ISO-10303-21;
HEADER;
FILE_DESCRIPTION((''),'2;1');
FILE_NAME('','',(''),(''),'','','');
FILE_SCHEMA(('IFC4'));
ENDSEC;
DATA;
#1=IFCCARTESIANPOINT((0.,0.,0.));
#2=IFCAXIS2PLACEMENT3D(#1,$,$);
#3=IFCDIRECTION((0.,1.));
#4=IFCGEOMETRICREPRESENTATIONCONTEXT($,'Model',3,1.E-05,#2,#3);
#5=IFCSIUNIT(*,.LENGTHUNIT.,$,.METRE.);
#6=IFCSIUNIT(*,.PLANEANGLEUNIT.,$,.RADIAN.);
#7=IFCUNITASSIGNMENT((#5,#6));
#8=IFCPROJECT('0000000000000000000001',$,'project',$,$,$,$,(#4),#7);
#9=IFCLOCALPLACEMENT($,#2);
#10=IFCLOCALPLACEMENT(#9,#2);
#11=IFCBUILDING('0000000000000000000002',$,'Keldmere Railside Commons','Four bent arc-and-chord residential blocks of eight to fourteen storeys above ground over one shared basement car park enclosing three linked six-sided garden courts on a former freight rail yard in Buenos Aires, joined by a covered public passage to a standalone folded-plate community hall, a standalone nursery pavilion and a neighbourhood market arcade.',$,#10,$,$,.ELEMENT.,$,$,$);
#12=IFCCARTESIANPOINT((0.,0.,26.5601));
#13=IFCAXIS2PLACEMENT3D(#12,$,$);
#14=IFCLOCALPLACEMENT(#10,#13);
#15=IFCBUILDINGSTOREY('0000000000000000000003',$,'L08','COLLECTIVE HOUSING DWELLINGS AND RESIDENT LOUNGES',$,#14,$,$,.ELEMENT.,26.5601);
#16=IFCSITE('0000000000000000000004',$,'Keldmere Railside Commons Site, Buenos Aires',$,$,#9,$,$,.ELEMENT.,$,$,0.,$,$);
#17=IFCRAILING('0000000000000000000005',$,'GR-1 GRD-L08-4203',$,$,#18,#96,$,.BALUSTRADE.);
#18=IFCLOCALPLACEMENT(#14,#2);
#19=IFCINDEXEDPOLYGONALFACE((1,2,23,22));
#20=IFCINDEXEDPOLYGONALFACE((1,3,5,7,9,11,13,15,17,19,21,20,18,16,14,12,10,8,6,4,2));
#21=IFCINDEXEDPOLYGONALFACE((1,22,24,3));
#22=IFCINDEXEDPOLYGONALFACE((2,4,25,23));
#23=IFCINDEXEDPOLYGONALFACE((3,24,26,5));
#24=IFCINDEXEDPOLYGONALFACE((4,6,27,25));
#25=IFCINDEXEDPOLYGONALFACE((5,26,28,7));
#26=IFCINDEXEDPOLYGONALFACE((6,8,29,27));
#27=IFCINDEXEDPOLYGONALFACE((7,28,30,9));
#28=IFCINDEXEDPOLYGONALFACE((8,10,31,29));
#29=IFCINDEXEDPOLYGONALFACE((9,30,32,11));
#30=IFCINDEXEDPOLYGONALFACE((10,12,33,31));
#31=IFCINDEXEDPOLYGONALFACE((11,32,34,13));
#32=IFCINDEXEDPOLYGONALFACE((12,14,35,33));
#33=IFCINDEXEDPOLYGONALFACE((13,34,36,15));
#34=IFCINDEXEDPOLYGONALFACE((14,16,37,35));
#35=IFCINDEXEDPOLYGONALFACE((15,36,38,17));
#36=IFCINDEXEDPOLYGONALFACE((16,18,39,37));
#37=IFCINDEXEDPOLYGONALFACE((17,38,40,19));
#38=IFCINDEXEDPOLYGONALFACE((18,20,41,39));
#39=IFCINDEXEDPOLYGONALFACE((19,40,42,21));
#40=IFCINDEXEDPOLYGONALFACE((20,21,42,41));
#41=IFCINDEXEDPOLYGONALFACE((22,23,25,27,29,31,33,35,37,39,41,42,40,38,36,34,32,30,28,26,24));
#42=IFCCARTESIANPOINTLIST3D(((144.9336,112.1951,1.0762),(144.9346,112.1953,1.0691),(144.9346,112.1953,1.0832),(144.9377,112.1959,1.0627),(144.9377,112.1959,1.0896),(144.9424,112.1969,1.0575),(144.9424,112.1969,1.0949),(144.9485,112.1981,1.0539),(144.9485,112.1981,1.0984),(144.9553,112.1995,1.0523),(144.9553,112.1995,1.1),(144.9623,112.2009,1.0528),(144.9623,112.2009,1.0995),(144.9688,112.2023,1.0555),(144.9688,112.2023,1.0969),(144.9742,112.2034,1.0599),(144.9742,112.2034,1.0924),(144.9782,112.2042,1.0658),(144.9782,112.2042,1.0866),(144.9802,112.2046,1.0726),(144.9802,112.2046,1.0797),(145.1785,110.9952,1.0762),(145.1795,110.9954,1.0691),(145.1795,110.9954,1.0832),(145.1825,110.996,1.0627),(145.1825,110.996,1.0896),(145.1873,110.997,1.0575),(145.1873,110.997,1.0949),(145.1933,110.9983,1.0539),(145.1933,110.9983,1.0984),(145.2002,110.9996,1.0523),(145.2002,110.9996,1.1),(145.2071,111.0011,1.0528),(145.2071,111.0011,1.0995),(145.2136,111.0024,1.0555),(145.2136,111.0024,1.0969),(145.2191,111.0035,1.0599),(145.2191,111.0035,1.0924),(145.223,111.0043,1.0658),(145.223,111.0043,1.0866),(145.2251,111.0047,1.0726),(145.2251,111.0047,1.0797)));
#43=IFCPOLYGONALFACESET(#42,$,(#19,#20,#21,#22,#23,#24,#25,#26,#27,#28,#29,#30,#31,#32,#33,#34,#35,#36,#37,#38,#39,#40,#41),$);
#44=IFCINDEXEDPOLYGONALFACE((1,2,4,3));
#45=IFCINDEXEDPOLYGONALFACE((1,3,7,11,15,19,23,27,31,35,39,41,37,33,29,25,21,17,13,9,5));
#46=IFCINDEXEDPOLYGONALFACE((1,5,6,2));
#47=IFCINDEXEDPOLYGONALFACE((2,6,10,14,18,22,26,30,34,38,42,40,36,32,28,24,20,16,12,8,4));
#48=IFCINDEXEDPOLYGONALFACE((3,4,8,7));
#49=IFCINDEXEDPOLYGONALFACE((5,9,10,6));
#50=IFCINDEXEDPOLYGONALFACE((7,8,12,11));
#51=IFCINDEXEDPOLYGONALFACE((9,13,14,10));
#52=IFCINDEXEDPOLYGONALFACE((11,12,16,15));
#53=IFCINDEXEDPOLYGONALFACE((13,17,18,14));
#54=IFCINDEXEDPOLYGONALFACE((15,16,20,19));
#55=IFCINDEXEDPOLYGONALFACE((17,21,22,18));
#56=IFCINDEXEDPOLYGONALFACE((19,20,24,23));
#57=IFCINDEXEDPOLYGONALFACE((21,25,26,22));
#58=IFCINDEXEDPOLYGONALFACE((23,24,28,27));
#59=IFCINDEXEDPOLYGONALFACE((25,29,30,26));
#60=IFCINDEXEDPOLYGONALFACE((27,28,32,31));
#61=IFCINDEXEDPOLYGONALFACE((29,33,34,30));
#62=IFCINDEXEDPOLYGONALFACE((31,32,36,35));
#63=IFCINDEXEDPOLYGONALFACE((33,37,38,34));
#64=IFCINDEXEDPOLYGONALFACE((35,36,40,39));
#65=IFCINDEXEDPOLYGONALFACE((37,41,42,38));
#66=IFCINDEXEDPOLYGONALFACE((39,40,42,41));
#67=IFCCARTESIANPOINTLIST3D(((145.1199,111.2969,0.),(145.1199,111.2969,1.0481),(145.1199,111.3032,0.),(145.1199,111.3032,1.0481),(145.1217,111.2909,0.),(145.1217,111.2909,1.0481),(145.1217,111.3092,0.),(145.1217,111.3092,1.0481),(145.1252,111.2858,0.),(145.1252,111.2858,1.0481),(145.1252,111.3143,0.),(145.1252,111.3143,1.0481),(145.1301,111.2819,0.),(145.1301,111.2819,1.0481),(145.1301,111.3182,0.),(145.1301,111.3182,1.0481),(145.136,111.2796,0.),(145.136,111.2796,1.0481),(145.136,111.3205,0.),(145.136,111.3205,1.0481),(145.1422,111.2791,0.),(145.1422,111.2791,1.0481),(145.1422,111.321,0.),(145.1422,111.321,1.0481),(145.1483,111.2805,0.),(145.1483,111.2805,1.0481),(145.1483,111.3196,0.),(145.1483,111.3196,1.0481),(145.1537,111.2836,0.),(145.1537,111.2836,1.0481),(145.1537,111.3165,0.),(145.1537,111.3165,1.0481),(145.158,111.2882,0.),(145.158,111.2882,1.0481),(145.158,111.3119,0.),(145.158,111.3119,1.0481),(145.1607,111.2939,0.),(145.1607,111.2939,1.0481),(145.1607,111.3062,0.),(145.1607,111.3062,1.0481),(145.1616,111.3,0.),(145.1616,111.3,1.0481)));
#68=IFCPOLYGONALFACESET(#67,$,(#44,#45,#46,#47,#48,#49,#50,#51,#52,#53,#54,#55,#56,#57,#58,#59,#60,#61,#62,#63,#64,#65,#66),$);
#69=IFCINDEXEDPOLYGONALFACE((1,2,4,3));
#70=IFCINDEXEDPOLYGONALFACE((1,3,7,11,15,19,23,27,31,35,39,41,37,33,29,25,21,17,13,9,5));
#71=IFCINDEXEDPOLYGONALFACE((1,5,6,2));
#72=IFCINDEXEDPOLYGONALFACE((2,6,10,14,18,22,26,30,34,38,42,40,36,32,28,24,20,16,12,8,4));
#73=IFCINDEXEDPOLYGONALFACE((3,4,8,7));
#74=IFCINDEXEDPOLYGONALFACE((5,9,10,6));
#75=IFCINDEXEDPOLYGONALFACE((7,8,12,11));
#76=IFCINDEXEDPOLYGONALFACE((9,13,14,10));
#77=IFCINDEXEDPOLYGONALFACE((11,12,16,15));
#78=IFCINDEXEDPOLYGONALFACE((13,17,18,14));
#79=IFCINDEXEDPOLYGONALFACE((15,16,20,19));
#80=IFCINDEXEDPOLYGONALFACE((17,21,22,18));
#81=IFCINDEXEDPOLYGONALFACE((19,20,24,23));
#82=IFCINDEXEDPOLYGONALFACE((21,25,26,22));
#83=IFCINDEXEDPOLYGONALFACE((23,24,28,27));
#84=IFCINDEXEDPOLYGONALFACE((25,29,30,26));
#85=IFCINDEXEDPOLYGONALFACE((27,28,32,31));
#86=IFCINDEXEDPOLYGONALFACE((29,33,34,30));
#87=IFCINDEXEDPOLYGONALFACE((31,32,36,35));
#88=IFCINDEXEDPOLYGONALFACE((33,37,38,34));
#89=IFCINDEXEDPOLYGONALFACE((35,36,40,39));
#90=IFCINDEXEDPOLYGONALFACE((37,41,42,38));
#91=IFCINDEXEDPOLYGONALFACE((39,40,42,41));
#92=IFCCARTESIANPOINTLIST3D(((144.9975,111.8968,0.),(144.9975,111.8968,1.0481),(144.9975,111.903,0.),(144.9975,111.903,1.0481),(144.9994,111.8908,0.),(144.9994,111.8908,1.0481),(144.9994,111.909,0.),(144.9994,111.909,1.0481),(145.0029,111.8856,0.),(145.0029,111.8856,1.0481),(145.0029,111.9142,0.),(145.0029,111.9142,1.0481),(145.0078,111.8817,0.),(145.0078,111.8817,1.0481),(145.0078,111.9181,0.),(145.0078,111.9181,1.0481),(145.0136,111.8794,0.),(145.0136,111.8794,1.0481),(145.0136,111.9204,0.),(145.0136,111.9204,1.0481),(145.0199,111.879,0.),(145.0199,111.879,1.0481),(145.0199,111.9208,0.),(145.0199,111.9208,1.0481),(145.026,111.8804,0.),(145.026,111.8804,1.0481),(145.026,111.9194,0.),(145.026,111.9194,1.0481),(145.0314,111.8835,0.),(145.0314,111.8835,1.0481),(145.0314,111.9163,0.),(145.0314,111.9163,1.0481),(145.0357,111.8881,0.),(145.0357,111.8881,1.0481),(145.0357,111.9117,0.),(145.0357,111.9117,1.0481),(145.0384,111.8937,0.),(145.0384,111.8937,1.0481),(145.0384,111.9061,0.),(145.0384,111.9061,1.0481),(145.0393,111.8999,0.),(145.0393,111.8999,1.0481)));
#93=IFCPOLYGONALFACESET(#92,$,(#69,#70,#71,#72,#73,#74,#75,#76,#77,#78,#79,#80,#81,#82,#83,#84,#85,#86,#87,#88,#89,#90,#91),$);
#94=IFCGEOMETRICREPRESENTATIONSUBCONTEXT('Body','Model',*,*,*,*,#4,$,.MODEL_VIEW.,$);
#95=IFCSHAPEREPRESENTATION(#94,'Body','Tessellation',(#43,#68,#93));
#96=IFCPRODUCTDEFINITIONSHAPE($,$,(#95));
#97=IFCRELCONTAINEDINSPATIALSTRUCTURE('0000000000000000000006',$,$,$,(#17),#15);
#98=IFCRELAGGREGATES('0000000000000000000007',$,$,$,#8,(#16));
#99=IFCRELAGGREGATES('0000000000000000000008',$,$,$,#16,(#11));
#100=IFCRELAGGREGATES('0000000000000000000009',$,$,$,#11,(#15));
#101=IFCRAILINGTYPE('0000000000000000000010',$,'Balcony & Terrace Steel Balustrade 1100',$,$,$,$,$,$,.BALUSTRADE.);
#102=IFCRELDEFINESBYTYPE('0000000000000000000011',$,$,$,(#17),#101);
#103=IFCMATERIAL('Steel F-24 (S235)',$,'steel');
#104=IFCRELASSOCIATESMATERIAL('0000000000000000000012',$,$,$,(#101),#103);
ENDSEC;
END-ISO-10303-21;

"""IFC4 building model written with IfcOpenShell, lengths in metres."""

from ifc_helpers import new_model, si_unit, direction, frame, origin, origin_2d, place, context, subcontext, project, spatial, circle, extrude, material, type_object, element, save


model = new_model("IFC4")

# Units and contexts
model_context = context("Model", 3, precision=1e-05, world=origin(), true_north=direction((0.0, 1.0)))
body_context = subcontext(model_context, "Body", "Model", "MODEL_VIEW")
ifc_project = project(units=[si_unit("LENGTHUNIT", "METRE"), si_unit("PLANEANGLEUNIT", "RADIAN")], contexts=[model_context])

# Site, building, storey
site_placement = place(None, origin())
site = spatial("IfcSite", under=ifc_project, at=site_placement, Name="Keldmere Railside Commons Site, Buenos Aires", CompositionType="ELEMENT", RefElevation=0.0)
building_placement = place(site_placement, origin())
building = spatial("IfcBuilding", under=site, at=building_placement, Name="Keldmere Railside Commons", Description="Four bent arc-and-chord residential blocks of eight to fourteen storeys above ground over one shared basement car park enclosing three linked six-sided garden courts on a former freight rail yard in Buenos Aires, joined by a covered public passage to a standalone folded-plate community hall, a standalone nursery pavilion and a neighbourhood market arcade.", CompositionType="ELEMENT")
storey_placement = place(building_placement, frame((0.0, 0.0, 26.5601)))
storey = spatial("IfcBuildingStorey", under=building, at=storey_placement, Name="L08", Description="COLLECTIVE HOUSING DWELLINGS AND RESIDENT LOUNGES", CompositionType="ELEMENT", Elevation=26.5601)

# Shared definitions
ifc_material_1 = material(Name="Steel F-24 (S235)", Category="steel")

# Railing
railing_type = type_object("IfcRailingType", Name="Balcony & Terrace Steel Balustrade 1100", PredefinedType="BALUSTRADE", material=ifc_material_1)
railing_1_placement = place(storey_placement, frame((145.2019, 111.0, 0.0)))
element("IfcRailing", 1, at=railing_1_placement, inside=storey, type_object=railing_type, Name="GR-1 GRD-L08-4203", PredefinedType="BALUSTRADE", context=body_context, shape_type="SweptSolid", body=[
    extrude(circle(Radius=0.0239, at=origin_2d()), frame((0.0, 0.0, 1.0762), z_axis=(-0.199948, 0.979806, 0.0), x_axis=(-0.979806, -0.199948, 0.0)), (0.0, 0.0, 1.0), 1.2246),
    extrude(circle(Radius=0.021, at=origin_2d()), frame((-0.0613, 0.3, 0.0)), (0.0, 0.0, 1.0), 1.0481),
    extrude(circle(Radius=0.021, at=origin_2d()), frame((-0.1836, 0.8999, 0.0)), (0.0, 0.0, 1.0), 1.0481),
])

save(model, "model.ifc")
